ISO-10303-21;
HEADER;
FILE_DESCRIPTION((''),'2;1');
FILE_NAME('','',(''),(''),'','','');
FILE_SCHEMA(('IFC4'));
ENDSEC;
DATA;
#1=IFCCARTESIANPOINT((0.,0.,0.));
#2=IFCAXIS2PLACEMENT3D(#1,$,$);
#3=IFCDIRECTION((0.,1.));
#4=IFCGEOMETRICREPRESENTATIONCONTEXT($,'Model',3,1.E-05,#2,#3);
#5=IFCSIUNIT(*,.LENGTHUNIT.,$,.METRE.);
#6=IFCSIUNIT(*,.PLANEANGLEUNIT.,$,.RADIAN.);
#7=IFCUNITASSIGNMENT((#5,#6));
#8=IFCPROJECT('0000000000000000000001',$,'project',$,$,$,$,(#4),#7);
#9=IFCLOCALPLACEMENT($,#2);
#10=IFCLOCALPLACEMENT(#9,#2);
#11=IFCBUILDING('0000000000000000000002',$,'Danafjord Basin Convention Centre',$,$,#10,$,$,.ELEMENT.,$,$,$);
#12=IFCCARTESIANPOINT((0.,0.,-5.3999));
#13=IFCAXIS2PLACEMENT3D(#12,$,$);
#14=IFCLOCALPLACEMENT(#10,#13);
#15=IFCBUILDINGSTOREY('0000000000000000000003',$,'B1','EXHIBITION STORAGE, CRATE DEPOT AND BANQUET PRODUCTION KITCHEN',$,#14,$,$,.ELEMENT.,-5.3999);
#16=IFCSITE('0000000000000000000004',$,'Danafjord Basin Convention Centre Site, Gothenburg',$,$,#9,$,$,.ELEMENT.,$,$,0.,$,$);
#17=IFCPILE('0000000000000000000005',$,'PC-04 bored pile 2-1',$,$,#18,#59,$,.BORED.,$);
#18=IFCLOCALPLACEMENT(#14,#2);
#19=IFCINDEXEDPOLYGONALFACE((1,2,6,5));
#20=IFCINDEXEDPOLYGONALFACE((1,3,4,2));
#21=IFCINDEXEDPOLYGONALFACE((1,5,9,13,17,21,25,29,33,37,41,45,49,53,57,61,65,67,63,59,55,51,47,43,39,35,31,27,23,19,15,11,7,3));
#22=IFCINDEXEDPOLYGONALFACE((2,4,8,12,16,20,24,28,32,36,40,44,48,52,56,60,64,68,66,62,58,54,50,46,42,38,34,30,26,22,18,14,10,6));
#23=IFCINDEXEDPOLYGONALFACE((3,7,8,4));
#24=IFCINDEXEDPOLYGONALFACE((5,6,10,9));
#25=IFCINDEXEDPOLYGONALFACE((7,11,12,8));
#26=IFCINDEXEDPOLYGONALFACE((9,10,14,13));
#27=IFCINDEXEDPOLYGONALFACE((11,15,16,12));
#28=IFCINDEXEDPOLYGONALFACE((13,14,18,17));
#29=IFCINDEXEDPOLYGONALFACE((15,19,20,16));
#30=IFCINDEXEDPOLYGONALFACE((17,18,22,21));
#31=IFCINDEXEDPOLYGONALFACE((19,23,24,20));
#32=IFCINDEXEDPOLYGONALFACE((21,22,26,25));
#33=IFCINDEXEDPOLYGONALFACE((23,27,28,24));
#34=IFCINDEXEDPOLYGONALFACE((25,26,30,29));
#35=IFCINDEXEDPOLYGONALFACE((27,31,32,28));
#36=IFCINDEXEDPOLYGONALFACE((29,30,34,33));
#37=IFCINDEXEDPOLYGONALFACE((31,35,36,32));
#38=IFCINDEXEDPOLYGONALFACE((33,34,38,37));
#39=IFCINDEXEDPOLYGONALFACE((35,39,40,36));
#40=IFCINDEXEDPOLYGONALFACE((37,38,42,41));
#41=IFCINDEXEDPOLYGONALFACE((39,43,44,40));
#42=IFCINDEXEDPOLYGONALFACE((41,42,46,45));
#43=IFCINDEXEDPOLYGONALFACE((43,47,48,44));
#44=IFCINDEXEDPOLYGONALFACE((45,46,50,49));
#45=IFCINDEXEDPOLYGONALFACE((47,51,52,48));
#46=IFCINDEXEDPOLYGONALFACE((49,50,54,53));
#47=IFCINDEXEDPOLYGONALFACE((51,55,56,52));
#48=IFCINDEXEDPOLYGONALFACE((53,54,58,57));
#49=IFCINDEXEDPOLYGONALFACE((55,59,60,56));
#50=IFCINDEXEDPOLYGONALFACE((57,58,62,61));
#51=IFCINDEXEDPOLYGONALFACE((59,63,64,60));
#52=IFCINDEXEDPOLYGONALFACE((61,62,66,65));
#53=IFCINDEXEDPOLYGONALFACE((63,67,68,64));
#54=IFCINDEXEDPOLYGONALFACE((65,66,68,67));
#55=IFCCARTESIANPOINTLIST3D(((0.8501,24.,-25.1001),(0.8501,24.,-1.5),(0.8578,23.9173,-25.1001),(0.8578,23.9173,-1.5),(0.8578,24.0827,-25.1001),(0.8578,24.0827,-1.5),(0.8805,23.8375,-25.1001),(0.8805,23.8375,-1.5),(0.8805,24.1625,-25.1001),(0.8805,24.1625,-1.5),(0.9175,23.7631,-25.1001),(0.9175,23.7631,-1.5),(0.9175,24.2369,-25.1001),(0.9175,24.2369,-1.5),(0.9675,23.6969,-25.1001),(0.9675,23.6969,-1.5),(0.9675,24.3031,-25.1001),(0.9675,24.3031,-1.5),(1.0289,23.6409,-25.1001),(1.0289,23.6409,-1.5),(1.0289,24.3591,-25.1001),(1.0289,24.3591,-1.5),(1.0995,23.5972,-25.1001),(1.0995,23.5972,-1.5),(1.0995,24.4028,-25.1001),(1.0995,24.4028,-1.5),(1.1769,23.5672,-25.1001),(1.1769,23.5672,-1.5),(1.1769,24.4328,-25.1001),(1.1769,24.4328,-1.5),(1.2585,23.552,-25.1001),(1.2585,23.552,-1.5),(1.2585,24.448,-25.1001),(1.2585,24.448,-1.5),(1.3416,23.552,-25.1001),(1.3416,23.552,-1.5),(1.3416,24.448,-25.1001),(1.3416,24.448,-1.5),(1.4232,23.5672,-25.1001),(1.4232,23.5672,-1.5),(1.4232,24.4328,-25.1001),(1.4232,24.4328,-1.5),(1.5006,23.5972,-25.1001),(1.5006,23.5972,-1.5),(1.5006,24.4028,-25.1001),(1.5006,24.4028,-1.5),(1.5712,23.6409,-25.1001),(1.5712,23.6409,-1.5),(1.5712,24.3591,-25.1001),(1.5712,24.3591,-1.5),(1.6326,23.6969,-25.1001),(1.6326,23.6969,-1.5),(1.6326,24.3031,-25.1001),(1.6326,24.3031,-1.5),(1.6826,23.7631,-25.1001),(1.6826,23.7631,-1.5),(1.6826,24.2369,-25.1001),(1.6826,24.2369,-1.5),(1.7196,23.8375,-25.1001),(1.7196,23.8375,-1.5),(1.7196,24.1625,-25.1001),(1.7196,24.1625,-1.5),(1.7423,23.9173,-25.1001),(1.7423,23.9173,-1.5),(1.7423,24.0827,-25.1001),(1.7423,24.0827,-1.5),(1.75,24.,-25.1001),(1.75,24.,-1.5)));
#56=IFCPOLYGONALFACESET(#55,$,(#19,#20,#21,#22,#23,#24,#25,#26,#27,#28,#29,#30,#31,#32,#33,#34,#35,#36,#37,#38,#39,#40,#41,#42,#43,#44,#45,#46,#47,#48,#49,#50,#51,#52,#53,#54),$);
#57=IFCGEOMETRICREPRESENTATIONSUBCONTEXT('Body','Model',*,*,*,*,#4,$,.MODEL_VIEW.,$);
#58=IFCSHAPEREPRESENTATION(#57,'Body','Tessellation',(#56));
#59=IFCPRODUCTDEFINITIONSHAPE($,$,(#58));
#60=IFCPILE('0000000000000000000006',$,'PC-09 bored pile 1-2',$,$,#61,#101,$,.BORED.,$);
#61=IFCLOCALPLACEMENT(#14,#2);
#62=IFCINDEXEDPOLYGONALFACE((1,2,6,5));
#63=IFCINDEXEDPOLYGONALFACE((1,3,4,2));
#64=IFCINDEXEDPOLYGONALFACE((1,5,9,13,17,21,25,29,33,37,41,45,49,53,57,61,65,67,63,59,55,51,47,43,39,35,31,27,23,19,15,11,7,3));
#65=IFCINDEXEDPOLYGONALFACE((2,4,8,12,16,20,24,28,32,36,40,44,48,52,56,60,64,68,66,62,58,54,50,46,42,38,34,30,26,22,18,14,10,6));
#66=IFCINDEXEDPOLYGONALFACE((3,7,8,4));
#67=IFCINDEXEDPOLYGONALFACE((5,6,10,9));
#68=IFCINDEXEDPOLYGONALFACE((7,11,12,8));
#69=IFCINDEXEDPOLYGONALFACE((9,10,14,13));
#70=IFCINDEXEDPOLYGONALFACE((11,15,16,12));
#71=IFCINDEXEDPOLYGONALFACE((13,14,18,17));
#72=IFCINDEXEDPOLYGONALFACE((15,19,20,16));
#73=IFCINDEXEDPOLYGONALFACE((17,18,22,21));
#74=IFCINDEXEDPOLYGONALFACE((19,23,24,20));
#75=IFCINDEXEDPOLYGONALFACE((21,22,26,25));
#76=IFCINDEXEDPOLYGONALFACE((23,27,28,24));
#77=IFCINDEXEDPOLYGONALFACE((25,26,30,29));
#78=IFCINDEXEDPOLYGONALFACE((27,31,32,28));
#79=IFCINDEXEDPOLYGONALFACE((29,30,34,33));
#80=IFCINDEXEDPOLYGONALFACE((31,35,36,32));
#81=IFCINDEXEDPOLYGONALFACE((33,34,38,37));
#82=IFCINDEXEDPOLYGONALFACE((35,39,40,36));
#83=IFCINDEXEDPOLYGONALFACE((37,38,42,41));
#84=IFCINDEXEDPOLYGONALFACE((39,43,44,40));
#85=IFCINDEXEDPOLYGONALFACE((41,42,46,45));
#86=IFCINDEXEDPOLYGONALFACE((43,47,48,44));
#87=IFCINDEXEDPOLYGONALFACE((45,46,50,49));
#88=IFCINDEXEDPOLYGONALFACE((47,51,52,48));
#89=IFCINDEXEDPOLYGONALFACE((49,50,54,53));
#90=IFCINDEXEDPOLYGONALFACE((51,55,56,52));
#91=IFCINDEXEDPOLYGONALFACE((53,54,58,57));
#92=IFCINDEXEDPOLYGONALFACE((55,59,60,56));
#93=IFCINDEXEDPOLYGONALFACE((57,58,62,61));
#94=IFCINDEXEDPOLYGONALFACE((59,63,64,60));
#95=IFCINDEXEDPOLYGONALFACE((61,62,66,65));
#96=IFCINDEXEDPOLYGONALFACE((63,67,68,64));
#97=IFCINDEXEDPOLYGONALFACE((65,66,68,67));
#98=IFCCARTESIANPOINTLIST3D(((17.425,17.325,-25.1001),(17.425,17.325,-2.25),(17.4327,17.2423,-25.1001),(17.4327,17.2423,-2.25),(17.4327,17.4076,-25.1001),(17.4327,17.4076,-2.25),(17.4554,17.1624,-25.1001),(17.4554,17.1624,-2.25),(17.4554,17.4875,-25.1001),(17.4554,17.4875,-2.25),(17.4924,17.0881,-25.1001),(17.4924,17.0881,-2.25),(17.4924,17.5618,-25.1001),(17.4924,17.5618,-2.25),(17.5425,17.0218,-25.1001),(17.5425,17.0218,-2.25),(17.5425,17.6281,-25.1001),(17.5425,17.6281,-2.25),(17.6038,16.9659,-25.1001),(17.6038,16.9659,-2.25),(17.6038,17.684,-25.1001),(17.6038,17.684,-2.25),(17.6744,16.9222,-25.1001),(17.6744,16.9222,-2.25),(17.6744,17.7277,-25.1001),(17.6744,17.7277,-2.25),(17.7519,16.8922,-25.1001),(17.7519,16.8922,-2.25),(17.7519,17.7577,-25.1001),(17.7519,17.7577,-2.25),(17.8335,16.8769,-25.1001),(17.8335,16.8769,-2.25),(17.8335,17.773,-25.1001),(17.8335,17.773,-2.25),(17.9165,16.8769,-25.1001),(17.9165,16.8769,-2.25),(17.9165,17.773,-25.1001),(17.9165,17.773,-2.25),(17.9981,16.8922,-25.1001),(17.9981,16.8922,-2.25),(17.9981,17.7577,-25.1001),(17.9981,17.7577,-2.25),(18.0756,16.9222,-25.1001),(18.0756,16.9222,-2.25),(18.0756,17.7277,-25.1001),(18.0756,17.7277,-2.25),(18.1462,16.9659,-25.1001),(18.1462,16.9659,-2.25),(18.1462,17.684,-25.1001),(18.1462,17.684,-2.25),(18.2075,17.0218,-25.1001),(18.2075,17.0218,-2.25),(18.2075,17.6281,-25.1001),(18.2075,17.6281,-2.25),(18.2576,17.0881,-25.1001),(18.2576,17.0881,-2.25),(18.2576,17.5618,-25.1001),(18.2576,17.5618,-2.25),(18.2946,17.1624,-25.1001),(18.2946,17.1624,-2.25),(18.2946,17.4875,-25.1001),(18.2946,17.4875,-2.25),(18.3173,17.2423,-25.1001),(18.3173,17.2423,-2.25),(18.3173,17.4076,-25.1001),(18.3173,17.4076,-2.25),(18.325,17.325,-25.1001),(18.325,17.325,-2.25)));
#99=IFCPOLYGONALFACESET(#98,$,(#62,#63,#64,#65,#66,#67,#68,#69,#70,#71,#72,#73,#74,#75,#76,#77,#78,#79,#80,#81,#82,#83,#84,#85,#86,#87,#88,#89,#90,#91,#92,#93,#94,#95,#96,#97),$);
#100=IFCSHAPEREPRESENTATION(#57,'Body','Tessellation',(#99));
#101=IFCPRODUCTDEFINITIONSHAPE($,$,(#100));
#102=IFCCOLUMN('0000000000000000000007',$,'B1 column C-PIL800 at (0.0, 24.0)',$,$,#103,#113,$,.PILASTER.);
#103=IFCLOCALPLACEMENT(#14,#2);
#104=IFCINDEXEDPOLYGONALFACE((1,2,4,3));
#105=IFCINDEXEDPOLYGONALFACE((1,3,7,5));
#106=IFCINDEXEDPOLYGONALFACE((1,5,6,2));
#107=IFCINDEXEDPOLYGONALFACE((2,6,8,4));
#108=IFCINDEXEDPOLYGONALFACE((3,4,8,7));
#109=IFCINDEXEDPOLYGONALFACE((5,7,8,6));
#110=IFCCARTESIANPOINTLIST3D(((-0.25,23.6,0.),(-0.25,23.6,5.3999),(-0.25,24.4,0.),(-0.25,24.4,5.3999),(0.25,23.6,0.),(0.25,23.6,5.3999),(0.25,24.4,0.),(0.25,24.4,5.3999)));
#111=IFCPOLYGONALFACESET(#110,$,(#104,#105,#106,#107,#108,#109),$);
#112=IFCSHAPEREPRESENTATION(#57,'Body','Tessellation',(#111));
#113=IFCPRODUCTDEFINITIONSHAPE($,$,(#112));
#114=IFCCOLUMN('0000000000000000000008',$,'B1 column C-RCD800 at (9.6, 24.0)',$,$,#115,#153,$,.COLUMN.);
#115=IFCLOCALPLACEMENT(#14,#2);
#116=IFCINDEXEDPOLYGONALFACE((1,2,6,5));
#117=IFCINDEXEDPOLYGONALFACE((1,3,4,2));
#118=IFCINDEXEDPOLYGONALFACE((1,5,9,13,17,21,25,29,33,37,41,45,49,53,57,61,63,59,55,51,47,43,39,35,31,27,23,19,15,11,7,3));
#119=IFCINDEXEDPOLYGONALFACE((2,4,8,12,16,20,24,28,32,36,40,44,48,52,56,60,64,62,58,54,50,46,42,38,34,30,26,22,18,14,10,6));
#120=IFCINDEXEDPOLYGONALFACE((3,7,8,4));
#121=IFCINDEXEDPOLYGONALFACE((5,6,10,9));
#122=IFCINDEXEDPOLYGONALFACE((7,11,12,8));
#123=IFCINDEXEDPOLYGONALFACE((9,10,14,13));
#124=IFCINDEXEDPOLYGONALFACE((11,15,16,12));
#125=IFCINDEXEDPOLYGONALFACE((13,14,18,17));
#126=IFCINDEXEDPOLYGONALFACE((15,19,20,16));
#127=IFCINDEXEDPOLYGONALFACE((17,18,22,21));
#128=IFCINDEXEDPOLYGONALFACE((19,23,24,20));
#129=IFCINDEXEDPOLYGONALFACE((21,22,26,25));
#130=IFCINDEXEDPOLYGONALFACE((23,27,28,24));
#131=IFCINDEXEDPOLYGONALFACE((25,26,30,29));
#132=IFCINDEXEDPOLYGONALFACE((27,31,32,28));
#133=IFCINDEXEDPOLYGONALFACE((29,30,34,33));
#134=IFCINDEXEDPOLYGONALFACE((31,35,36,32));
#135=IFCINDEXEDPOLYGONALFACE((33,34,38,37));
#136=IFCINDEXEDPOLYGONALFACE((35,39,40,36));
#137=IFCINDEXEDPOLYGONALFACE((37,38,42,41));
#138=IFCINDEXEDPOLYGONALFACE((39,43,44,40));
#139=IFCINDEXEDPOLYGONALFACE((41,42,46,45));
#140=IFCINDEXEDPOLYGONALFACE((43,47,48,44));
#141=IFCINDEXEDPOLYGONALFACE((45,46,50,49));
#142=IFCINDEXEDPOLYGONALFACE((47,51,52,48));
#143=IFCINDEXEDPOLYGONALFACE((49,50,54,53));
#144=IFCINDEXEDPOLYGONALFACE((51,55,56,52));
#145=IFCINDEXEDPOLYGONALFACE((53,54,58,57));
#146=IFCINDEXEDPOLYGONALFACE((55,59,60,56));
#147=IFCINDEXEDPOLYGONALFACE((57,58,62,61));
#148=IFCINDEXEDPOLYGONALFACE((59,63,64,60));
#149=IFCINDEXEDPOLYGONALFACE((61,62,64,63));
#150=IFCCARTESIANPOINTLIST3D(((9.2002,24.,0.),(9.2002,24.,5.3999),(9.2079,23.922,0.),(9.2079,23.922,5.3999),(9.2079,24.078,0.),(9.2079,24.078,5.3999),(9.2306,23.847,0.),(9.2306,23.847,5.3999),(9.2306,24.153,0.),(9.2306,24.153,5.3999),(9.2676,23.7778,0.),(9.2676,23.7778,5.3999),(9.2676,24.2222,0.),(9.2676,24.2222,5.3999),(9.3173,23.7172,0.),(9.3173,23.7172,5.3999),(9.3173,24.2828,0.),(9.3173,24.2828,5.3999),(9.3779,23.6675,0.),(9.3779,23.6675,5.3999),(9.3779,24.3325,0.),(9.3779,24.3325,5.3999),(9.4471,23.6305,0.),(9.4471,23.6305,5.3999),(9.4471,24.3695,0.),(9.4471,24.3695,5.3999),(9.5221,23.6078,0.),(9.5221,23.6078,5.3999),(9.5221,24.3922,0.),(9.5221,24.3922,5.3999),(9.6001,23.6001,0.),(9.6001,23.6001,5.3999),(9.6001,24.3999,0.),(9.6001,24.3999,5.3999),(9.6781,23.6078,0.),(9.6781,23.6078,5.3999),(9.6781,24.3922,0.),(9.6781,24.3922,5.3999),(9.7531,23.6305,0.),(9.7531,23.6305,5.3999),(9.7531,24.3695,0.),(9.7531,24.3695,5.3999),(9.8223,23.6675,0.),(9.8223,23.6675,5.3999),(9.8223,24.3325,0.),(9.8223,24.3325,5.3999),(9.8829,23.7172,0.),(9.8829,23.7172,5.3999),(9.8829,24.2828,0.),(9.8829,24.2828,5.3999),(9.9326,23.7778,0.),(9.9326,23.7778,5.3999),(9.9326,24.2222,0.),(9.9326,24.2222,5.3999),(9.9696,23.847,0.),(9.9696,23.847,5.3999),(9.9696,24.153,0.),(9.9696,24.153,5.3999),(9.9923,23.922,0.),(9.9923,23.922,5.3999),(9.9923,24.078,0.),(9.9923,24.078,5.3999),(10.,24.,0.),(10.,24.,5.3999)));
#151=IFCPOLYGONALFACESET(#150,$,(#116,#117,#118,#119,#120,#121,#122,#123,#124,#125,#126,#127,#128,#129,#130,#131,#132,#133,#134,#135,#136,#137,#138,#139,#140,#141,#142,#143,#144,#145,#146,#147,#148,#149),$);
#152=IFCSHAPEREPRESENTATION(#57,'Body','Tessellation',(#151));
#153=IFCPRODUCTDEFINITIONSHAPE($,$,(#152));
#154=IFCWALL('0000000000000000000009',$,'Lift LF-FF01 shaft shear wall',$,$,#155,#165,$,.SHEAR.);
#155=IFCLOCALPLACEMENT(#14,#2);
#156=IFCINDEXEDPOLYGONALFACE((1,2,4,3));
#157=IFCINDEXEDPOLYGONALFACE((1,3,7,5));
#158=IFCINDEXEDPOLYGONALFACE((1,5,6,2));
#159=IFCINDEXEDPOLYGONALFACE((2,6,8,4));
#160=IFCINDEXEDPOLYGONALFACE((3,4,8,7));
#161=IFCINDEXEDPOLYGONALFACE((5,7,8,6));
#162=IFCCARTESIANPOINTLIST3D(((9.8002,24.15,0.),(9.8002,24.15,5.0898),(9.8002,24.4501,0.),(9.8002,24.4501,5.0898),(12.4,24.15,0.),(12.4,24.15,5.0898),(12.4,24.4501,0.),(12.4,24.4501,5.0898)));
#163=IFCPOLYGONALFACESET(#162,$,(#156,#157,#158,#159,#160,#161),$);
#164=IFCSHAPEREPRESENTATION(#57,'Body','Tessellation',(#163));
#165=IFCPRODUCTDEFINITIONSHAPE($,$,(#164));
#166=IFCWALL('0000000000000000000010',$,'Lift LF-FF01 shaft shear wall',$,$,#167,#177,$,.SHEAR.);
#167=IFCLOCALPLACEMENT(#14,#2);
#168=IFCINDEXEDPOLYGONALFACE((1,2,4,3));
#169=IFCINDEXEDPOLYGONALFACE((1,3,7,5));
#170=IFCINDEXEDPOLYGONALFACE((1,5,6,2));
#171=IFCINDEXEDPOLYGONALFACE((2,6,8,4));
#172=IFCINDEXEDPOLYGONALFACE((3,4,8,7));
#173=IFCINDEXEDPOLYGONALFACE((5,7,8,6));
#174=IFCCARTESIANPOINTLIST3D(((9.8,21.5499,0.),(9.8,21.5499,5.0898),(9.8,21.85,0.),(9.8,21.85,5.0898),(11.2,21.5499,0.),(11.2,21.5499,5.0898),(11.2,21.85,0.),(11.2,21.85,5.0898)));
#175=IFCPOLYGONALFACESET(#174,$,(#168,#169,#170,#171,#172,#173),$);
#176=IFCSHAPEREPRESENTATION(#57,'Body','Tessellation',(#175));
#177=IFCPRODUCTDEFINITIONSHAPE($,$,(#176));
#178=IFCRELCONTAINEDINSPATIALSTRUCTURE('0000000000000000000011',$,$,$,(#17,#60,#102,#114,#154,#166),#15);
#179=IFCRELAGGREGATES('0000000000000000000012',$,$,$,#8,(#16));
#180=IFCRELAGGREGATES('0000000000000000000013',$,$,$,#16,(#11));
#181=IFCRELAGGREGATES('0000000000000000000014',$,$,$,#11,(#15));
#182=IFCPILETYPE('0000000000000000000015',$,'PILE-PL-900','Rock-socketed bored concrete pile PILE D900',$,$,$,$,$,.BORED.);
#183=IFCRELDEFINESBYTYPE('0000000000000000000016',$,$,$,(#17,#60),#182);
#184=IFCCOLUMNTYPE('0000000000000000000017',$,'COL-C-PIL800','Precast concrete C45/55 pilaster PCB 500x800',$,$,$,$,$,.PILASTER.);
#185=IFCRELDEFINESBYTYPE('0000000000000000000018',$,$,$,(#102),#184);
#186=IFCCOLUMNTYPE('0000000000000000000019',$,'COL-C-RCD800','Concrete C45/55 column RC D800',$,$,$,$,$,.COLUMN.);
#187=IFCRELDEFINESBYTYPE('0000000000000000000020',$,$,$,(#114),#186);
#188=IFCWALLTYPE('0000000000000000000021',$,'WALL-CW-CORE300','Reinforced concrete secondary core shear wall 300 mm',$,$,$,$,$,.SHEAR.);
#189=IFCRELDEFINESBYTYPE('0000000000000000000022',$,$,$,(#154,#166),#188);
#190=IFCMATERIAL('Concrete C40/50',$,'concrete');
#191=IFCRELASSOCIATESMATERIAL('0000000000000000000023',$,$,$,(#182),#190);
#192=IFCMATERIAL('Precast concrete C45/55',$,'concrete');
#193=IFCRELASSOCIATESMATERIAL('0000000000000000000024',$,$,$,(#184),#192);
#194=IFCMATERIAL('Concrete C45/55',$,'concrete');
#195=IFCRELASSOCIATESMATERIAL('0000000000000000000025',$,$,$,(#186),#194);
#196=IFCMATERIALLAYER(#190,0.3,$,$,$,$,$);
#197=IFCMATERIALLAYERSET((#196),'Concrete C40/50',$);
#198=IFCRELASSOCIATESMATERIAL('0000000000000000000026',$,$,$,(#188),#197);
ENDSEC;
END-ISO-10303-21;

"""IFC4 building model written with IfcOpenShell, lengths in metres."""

from ifc_helpers import new_model, si_unit, direction, frame, frame_2d, origin, origin_2d, place, context, subcontext, project, spatial, rectangle, circle, extrude, material, layer, layer_set, material_profile, profile_set, type_object, element, save


model = new_model("IFC4")

# Units and contexts
model_context = context("Model", 3, precision=1e-05, world=origin(), true_north=direction((0.0, 1.0)))
body_context = subcontext(model_context, "Body", "Model", "MODEL_VIEW")
ifc_project = project(units=[si_unit("LENGTHUNIT", "METRE"), si_unit("PLANEANGLEUNIT", "RADIAN")], contexts=[model_context])

# Site, building, storey
site_placement = place(None, origin())
site = spatial("IfcSite", under=ifc_project, at=site_placement, Name="Danafjord Basin Convention Centre Site, Gothenburg", CompositionType="ELEMENT", RefElevation=0.0)
building_placement = place(site_placement, origin())
building = spatial("IfcBuilding", under=site, at=building_placement, Name="Danafjord Basin Convention Centre", CompositionType="ELEMENT")
storey_placement = place(building_placement, frame((0.0, 0.0, -5.3999)))
storey = spatial("IfcBuildingStorey", under=building, at=storey_placement, Name="B1", Description="EXHIBITION STORAGE, CRATE DEPOT AND BANQUET PRODUCTION KITCHEN", CompositionType="ELEMENT", Elevation=-5.3999)

# Shared definitions
ifc_material_1 = material(Name="Concrete C40/50", Category="concrete")

# Piles
ifc_material_profile_1 = material_profile(ifc_material_1, circle(Radius=0.45, at=origin_2d()), Name="PILE D900")
ifc_profile_set_1 = profile_set([ifc_material_profile_1], Name="Concrete C40/50")
pile_type_1 = type_object("IfcPileType", Name="PILE-PL-900", Description="Rock-socketed bored concrete pile PILE D900", PredefinedType="BORED", material=ifc_profile_set_1)
for number, where, z_axis, x_axis, name in (
    (1, (1.3, 24.0, -1.5), (0.0, 0.0, -1.0), (1.0, 0.0, 0.0), "PC-04 bored pile 2-1"),
):
    element("IfcPile", number, at=place(storey_placement, frame(where, z_axis=z_axis, x_axis=x_axis)), inside=storey, type_object=pile_type_1, Name=name, PredefinedType="BORED", context=body_context, shape_type="SweptSolid", body=[
        extrude(circle(Radius=0.45, at=origin_2d()), origin(), (0.0, 0.0, 1.0), 23.6001),
    ])
pile_1_placement = place(storey_placement, frame((17.875, 17.325, -2.25), z_axis=(0.0, 0.0, -1.0), x_axis=(1.0, 0.0, 0.0)))
element("IfcPile", 2, at=pile_1_placement, inside=storey, type_object=pile_type_1, Name="PC-09 bored pile 1-2", PredefinedType="BORED", context=body_context, shape_type="SweptSolid", body=[
    extrude(circle(Radius=0.45, at=origin_2d()), origin(), (0.0, 0.0, 1.0), 22.8501),
])

# Columns
ifc_material_2 = material(Name="Precast concrete C45/55", Category="concrete")
ifc_material_profile_2 = material_profile(ifc_material_2, rectangle(XDim=0.5, YDim=0.8, at=origin_2d()), Name="PCB 500x800")
ifc_profile_set_2 = profile_set([ifc_material_profile_2], Name="Precast concrete C45/55")
column_type_1 = type_object("IfcColumnType", Name="COL-C-PIL800", Description="Precast concrete C45/55 pilaster PCB 500x800", PredefinedType="PILASTER", material=ifc_profile_set_2)
column_1_placement = place(storey_placement, frame((0.0, 24.0, 0.0), z_axis=(0.0, 0.0, 1.0), x_axis=(1.0, 0.0, 0.0)))
element("IfcColumn", 3, at=column_1_placement, inside=storey, type_object=column_type_1, Name="B1 column C-PIL800 at (0.0, 24.0)", PredefinedType="PILASTER", context=body_context, shape_type="SweptSolid", body=[
    extrude(rectangle(XDim=0.5, YDim=0.8, at=origin_2d()), origin(), (0.0, 0.0, 1.0), 5.3999),
])
ifc_material_3 = material(Name="Concrete C45/55", Category="concrete")
ifc_material_profile_3 = material_profile(ifc_material_3, circle(Radius=0.3999, at=origin_2d()), Name="RC D800")
ifc_profile_set_3 = profile_set([ifc_material_profile_3], Name="Concrete C45/55")
column_type_2 = type_object("IfcColumnType", Name="COL-C-RCD800", Description="Concrete C45/55 column RC D800", PredefinedType="COLUMN", material=ifc_profile_set_3)
column_2_placement = place(storey_placement, frame((9.6001, 24.0, 0.0), z_axis=(0.0, 0.0, 1.0), x_axis=(1.0, 0.0, 0.0)))
element("IfcColumn", 4, at=column_2_placement, inside=storey, type_object=column_type_2, Name="B1 column C-RCD800 at (9.6, 24.0)", PredefinedType="COLUMN", context=body_context, shape_type="SweptSolid", body=[
    extrude(circle(Radius=0.3999, at=origin_2d()), origin(), (0.0, 0.0, 1.0), 5.3999),
])

# Walls
ifc_layer_1 = layer(ifc_material_1, 0.3)
ifc_layer_set_1 = layer_set([ifc_layer_1], Name="Concrete C40/50")
wall_type_1 = type_object("IfcWallType", Name="WALL-CW-CORE300", Description="Reinforced concrete secondary core shear wall 300 mm", PredefinedType="SHEAR", material=ifc_layer_set_1)
wall_1_placement = place(storey_placement, frame((12.3999, 24.3, 0.0), z_axis=(0.0, 0.0, 1.0), x_axis=(-1.0, 0.0, 0.0)))
element("IfcWall", 5, at=wall_1_placement, inside=storey, type_object=wall_type_1, Name="Lift LF-FF01 shaft shear wall", PredefinedType="SHEAR", context=body_context, shape_type="SweptSolid", body=[
    extrude(rectangle(XDim=2.5999, YDim=0.3, at=frame_2d((1.2998, 0.0))), origin(), (0.0, 0.0, 1.0), 5.0898),
])
wall_2_placement = place(storey_placement, frame((9.8, 21.7, 0.0), z_axis=(0.0, 0.0, 1.0), x_axis=(1.0, 0.0, 0.0)))
element("IfcWall", 6, at=wall_2_placement, inside=storey, type_object=wall_type_1, Name="Lift LF-FF01 shaft shear wall", PredefinedType="SHEAR", context=body_context, shape_type="SweptSolid", body=[
    extrude(rectangle(XDim=1.3999, YDim=0.3, at=frame_2d((0.7, 0.0))), origin(), (0.0, 0.0, 1.0), 5.0898),
])

save(model, "model.ifc")
